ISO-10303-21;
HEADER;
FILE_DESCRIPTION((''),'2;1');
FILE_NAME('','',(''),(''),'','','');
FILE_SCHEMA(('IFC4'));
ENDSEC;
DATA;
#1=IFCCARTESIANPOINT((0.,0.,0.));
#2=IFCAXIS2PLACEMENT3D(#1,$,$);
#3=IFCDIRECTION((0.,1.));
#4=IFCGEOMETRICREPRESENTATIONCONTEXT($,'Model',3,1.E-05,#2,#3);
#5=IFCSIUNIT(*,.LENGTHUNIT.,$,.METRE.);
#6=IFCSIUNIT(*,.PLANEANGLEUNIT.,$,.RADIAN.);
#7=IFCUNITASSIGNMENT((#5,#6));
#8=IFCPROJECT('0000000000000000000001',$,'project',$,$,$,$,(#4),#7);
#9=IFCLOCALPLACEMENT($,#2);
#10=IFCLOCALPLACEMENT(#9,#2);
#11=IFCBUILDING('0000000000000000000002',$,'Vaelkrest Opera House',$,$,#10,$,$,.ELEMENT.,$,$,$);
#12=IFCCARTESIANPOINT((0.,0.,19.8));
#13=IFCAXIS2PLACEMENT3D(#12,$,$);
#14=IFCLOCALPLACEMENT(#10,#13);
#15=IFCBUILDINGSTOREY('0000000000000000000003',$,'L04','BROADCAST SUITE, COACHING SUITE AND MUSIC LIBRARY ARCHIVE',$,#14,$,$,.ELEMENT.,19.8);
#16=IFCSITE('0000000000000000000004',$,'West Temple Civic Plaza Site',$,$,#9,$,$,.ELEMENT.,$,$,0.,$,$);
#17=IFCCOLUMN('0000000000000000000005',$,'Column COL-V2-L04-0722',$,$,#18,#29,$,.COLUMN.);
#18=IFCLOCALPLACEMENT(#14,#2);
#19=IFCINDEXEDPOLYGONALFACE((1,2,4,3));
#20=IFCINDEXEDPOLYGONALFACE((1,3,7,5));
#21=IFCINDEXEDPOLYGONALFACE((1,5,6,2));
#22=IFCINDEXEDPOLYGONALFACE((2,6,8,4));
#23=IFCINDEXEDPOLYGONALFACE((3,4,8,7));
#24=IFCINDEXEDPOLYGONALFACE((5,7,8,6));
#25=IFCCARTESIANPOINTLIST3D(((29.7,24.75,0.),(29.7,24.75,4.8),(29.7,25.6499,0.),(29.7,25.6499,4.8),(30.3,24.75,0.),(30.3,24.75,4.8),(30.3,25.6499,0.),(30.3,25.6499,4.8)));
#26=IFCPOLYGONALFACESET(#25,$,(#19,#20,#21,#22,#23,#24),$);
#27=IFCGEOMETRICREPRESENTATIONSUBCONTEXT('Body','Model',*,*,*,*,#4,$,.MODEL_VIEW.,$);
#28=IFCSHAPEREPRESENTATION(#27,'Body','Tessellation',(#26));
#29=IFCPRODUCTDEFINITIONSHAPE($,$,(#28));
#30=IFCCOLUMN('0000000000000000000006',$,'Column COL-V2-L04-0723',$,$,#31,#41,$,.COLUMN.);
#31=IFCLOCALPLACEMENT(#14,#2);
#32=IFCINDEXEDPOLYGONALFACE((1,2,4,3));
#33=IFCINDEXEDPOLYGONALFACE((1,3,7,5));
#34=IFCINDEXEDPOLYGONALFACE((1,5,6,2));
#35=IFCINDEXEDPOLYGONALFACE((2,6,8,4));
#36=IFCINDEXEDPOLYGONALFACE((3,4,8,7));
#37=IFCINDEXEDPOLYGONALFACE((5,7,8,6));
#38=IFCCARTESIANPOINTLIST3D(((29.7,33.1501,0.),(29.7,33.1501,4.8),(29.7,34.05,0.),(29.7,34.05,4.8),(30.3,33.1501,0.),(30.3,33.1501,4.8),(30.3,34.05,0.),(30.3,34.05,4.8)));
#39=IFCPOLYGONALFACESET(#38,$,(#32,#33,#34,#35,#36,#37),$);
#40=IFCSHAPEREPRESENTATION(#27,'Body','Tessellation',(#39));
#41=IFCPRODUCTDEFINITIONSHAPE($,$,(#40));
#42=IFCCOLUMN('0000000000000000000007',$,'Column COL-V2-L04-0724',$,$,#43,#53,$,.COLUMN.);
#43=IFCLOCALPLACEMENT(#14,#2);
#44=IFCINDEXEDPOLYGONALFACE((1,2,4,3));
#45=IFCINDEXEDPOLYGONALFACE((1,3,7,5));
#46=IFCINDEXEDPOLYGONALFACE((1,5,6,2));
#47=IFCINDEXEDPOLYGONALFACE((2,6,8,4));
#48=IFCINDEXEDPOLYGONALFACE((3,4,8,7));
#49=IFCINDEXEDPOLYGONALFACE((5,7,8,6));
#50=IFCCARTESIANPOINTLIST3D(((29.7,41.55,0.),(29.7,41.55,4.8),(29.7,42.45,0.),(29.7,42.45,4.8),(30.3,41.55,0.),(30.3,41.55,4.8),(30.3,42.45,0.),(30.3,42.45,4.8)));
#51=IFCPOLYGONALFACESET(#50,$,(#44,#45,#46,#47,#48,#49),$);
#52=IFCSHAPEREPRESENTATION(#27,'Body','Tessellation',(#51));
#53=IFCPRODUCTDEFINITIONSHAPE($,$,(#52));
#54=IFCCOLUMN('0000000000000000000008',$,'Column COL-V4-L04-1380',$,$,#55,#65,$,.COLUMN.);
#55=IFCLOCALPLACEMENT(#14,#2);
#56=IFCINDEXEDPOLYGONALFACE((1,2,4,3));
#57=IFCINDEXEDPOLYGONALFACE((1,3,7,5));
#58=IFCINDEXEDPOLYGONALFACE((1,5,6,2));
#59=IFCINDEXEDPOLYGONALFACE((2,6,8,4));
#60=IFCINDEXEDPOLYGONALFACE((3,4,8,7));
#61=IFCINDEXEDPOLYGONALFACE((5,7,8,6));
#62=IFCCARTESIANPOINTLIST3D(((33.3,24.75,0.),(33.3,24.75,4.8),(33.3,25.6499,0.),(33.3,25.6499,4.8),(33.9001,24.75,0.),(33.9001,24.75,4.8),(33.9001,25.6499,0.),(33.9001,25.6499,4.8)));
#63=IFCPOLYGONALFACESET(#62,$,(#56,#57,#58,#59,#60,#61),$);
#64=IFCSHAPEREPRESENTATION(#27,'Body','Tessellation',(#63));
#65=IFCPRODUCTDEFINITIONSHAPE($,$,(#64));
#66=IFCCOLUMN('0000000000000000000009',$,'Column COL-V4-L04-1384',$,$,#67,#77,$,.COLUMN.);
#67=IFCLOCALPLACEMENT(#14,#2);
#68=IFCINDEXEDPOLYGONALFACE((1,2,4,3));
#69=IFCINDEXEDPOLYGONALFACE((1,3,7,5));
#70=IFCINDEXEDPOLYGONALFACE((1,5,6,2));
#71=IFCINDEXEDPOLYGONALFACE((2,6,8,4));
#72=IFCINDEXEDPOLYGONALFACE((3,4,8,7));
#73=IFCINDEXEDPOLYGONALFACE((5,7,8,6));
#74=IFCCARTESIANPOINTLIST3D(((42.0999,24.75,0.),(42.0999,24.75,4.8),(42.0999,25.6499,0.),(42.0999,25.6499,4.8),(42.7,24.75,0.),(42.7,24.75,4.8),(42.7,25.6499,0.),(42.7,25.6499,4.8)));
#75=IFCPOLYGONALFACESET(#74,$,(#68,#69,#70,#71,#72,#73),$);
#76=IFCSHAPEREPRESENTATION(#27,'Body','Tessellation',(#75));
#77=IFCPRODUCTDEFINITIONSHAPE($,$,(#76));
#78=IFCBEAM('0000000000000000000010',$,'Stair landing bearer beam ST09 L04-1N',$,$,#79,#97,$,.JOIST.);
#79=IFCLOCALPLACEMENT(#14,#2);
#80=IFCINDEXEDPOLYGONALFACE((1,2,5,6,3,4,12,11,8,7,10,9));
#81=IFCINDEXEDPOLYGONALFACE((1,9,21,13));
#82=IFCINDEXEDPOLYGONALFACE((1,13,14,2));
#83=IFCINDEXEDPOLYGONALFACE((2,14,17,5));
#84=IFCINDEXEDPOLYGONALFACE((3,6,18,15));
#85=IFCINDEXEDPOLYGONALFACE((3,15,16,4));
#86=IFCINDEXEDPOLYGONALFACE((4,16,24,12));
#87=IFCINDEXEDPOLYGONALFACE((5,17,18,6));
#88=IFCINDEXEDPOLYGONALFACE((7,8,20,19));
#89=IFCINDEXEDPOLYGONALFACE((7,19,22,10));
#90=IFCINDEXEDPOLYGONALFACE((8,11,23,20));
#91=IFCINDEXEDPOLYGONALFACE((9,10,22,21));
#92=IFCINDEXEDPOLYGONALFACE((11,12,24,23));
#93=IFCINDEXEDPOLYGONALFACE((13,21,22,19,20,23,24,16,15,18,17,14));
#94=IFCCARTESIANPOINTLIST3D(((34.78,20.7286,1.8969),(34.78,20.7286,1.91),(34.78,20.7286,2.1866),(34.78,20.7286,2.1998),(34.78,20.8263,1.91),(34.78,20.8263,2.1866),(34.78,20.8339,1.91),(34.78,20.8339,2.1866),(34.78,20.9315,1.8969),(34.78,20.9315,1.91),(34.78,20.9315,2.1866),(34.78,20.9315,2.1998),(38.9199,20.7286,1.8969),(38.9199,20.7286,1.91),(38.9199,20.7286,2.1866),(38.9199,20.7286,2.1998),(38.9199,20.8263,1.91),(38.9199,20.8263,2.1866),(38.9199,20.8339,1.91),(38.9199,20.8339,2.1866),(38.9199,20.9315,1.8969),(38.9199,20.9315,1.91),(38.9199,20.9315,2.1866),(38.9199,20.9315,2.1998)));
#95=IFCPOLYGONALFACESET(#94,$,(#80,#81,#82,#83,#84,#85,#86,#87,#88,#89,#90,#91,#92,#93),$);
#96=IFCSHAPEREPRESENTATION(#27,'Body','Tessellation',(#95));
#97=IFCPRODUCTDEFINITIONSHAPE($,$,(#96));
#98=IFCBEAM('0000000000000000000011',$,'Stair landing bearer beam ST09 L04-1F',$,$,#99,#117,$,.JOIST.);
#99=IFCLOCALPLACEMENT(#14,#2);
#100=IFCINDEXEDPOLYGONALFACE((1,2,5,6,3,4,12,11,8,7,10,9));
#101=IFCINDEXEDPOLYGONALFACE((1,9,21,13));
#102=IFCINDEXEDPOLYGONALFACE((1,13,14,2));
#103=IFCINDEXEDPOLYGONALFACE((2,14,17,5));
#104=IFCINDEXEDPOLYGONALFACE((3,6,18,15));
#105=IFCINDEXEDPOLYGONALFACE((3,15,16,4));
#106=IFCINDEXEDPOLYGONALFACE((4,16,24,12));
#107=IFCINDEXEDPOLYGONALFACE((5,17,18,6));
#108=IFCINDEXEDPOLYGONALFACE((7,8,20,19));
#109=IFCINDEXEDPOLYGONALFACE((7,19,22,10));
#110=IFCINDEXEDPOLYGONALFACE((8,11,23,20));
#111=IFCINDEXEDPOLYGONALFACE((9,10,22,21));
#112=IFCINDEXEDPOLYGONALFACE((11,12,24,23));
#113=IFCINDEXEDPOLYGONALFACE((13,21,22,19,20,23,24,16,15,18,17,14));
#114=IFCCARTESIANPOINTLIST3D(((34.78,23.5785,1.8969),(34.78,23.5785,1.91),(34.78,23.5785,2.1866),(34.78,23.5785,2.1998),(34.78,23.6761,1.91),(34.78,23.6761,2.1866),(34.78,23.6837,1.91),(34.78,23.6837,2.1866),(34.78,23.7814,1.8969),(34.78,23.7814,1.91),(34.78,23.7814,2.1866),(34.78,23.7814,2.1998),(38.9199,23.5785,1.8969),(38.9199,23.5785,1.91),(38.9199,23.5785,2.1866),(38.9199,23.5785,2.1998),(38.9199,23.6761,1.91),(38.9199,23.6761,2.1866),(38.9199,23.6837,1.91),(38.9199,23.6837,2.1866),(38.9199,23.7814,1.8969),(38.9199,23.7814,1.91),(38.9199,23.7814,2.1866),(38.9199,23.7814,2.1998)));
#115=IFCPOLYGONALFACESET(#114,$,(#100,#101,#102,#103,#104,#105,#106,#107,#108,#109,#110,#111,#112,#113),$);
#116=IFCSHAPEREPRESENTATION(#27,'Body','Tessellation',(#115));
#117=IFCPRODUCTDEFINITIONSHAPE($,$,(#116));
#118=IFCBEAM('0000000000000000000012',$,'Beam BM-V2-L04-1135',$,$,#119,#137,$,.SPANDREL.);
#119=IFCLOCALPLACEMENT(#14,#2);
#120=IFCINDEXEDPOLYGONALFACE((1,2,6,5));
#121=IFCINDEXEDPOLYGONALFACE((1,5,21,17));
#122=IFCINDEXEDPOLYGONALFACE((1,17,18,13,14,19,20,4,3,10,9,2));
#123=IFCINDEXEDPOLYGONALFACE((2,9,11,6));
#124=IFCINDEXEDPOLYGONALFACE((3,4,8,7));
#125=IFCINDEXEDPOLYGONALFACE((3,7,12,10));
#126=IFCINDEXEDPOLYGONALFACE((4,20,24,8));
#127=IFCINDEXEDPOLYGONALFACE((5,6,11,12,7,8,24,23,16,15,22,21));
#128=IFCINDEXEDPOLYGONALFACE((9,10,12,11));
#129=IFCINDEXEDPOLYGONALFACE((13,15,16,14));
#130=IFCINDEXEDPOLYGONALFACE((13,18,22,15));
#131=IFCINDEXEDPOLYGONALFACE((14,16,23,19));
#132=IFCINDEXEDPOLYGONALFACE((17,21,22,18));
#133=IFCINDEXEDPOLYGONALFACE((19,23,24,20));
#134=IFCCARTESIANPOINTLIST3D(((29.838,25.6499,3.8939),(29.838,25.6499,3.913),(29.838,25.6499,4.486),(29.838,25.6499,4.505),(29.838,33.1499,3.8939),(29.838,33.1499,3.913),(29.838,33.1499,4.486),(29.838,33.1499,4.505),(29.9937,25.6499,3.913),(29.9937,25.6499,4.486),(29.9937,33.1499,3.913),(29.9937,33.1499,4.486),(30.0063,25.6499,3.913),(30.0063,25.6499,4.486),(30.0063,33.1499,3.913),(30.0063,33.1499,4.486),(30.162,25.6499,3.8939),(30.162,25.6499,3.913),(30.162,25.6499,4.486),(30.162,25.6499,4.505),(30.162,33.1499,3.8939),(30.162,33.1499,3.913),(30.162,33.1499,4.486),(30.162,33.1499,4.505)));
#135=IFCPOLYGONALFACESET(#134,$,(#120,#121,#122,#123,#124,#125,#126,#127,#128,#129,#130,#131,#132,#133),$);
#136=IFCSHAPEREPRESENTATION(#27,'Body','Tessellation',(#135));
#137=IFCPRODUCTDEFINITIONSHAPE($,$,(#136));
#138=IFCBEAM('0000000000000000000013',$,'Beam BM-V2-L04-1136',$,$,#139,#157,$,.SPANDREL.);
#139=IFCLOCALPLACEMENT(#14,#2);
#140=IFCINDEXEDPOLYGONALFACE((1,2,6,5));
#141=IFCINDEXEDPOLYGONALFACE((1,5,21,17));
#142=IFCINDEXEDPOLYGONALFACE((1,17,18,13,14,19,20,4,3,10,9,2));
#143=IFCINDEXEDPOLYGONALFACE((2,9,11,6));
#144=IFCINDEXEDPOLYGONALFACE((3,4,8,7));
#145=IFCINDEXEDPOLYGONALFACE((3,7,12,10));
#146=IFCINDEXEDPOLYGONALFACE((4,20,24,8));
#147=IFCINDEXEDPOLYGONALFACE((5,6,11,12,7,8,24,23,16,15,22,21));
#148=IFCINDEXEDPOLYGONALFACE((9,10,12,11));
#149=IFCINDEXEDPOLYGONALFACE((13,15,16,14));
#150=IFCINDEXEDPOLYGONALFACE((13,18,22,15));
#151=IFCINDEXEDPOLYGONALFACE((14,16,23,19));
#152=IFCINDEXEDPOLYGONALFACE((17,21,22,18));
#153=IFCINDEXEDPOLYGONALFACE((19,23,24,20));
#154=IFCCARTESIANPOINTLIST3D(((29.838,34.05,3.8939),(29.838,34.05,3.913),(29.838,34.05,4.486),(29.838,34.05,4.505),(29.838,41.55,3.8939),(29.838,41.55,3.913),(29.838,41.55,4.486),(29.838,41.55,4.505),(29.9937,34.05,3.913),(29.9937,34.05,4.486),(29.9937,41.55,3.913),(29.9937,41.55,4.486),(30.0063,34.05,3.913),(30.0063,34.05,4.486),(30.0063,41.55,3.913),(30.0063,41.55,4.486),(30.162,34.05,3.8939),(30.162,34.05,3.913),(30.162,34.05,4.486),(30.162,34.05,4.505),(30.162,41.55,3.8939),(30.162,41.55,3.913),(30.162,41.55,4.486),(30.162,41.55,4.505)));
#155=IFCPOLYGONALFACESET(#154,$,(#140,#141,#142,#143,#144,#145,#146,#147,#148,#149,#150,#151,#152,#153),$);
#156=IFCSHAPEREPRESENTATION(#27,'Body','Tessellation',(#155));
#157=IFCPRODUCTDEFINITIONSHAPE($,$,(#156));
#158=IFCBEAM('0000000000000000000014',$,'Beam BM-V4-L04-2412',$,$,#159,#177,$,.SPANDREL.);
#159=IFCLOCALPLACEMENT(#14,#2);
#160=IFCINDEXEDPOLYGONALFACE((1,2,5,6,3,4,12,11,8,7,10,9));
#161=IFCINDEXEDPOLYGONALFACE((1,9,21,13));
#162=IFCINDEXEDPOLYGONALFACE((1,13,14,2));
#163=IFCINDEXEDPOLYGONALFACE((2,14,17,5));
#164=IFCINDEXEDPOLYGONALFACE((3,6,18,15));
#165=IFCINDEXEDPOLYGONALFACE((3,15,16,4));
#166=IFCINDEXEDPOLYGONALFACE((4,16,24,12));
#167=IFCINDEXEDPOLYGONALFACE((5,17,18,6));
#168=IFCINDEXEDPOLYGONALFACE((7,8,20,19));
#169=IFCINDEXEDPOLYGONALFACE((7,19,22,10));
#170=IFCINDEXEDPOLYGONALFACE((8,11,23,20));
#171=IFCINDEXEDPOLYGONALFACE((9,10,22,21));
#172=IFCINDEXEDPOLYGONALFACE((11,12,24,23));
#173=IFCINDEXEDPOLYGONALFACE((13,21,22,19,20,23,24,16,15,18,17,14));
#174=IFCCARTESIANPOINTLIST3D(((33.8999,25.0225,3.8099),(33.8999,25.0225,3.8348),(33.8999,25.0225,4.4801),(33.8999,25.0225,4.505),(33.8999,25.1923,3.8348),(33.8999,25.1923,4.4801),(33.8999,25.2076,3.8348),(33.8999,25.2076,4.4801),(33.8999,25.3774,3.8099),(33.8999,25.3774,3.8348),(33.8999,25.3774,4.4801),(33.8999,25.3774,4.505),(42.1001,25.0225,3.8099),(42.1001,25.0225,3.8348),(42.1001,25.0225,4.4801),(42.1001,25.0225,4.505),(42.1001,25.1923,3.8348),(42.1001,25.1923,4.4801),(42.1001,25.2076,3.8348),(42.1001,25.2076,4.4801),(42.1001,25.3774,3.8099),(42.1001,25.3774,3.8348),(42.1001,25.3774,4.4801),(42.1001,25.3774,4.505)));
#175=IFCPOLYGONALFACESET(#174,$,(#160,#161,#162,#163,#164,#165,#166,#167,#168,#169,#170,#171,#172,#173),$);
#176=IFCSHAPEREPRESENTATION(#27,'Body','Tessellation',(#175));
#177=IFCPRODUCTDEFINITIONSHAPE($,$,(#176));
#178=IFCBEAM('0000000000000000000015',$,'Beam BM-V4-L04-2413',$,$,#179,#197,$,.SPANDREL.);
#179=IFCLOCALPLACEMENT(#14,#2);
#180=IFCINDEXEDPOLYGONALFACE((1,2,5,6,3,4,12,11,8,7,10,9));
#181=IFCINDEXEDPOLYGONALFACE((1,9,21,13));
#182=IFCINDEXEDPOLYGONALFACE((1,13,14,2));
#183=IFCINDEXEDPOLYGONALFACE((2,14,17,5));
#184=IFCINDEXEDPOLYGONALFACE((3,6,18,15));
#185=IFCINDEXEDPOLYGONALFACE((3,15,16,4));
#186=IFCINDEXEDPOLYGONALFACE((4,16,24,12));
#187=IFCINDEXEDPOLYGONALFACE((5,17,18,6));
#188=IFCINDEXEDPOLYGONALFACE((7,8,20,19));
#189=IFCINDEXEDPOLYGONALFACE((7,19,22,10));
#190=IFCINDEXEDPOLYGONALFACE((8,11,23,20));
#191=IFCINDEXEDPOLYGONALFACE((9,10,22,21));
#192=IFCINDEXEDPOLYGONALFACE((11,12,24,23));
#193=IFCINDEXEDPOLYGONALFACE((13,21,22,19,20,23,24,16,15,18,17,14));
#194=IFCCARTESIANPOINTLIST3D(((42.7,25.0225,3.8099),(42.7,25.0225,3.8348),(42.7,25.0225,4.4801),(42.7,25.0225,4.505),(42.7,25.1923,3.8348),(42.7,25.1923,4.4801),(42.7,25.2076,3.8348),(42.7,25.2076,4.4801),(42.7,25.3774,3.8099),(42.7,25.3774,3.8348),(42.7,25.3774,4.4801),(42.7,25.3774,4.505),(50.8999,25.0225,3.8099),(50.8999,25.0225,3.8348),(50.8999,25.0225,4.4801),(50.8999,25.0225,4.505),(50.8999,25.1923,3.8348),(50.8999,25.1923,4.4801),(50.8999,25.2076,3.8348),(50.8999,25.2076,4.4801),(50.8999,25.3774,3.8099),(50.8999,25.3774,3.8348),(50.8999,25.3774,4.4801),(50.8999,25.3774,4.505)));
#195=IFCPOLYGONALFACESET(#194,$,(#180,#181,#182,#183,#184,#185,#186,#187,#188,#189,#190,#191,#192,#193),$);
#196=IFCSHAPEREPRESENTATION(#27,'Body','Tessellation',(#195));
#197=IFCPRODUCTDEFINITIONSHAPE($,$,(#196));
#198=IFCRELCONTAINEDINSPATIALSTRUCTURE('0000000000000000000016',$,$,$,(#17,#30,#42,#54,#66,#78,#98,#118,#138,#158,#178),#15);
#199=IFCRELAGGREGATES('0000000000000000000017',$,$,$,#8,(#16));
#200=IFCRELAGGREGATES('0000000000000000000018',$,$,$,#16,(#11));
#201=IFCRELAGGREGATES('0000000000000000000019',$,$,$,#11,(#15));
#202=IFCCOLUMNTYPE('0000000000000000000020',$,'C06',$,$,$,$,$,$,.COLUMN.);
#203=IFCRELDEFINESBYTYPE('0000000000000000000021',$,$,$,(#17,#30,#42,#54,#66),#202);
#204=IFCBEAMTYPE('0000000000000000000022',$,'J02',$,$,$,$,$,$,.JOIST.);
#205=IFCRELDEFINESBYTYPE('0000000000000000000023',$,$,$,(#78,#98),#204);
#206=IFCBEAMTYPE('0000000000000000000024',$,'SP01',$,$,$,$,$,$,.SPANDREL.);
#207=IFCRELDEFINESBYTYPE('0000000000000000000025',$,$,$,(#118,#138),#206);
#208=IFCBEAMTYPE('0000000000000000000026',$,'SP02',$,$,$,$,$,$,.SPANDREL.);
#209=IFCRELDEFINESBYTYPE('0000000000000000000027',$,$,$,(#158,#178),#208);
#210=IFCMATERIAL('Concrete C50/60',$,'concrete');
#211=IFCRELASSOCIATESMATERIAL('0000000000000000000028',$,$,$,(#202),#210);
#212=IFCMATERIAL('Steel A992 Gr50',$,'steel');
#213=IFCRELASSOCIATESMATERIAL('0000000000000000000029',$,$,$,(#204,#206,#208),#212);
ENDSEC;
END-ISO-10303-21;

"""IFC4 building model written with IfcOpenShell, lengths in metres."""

from ifc_helpers import new_model, si_unit, direction, frame, origin, origin_2d, place, context, subcontext, project, spatial, rectangle, i_section, extrude, material, material_profile, profile_set, type_object, element, save


model = new_model("IFC4")

# Units and contexts
model_context = context("Model", 3, precision=1e-05, world=origin(), true_north=direction((0.0, 1.0)))
body_context = subcontext(model_context, "Body", "Model", "MODEL_VIEW")
ifc_project = project(units=[si_unit("LENGTHUNIT", "METRE"), si_unit("PLANEANGLEUNIT", "RADIAN")], contexts=[model_context])

# Site, building, storey
site_placement = place(None, origin())
site = spatial("IfcSite", under=ifc_project, at=site_placement, Name="West Temple Civic Plaza Site", CompositionType="ELEMENT", RefElevation=0.0)
building_placement = place(site_placement, origin())
building = spatial("IfcBuilding", under=site, at=building_placement, Name="Vaelkrest Opera House", CompositionType="ELEMENT")
storey_placement = place(building_placement, frame((0.0, 0.0, 19.8)))
storey = spatial("IfcBuildingStorey", under=building, at=storey_placement, Name="L04", Description="BROADCAST SUITE, COACHING SUITE AND MUSIC LIBRARY ARCHIVE", CompositionType="ELEMENT", Elevation=19.8)

# Columns
ifc_material_1 = material(Name="Concrete C50/60", Category="concrete")
ifc_material_profile_1 = material_profile(ifc_material_1, rectangle(XDim=0.6001, YDim=0.8999, at=origin_2d()), Name="RC600X900")
ifc_profile_set_1 = profile_set([ifc_material_profile_1], Name="Concrete C50/60")
column_type = type_object("IfcColumnType", Name="C06", PredefinedType="COLUMN", material=ifc_profile_set_1)
for number, where, z_axis, x_axis, name in (
    (1, (30.0, 25.2, 0.0), (0.0, 0.0, 1.0), (1.0, 0.0, 0.0), "Column COL-V2-L04-0722"),
    (2, (30.0, 33.6001, 0.0), (0.0, 0.0, 1.0), (1.0, 0.0, 0.0), "Column COL-V2-L04-0723"),
    (3, (30.0, 42.0, 0.0), (0.0, 0.0, 1.0), (1.0, 0.0, 0.0), "Column COL-V2-L04-0724"),
    (4, (33.6001, 25.2, 0.0), (0.0, 0.0, 1.0), (1.0, 0.0, 0.0), "Column COL-V4-L04-1380"),
    (5, (42.3999, 25.2, 0.0), (0.0, 0.0, 1.0), (1.0, 0.0, 0.0), "Column COL-V4-L04-1384"),
):
    element("IfcColumn", number, at=place(storey_placement, frame(where, z_axis=z_axis, x_axis=x_axis)), inside=storey, type_object=column_type, Name=name, PredefinedType="COLUMN", context=body_context, shape_type="SweptSolid", body=[
        extrude(rectangle(XDim=0.6001, YDim=0.8999, at=origin_2d()), origin(), (0.0, 0.0, 1.0), 4.8),
    ])

# Beams
ifc_material_2 = material(Name="Steel A992 Gr50", Category="steel")
ifc_material_profile_2 = material_profile(ifc_material_2, i_section(OverallWidth=0.2029, OverallDepth=0.303, WebThickness=0.0076, FlangeThickness=0.0132, at=origin_2d()), Name="W12X40")
ifc_profile_set_2 = profile_set([ifc_material_profile_2], Name="Steel A992 Gr50")
beam_type_1 = type_object("IfcBeamType", Name="J02", PredefinedType="JOIST", material=ifc_profile_set_2)
for number, where, z_axis, x_axis, name in (
    (6, (34.78, 20.8301, 2.0483), (1.0, 0.0, 0.0), (0.0, 1.0, 0.0), "Stair landing bearer beam ST09 L04-1N"),
    (7, (34.78, 23.6799, 2.0483), (1.0, 0.0, 0.0), (0.0, 1.0, 0.0), "Stair landing bearer beam ST09 L04-1F"),
):
    element("IfcBeam", number, at=place(storey_placement, frame(where, z_axis=z_axis, x_axis=x_axis)), inside=storey, type_object=beam_type_1, Name=name, PredefinedType="JOIST", context=body_context, shape_type="SweptSolid", body=[
        extrude(i_section(OverallWidth=0.2029, OverallDepth=0.303, WebThickness=0.0076, FlangeThickness=0.0132, at=origin_2d()), origin(), (0.0, 0.0, 1.0), 4.1399),
    ])
ifc_material_profile_3 = material_profile(ifc_material_2, i_section(OverallWidth=0.324, OverallDepth=0.6111, WebThickness=0.0127, FlangeThickness=0.019, at=origin_2d()), Name="W24X104")
ifc_profile_set_3 = profile_set([ifc_material_profile_3], Name="Steel A992 Gr50")
beam_type_2 = type_object("IfcBeamType", Name="SP01", PredefinedType="SPANDREL", material=ifc_profile_set_3)
for number, where, z_axis, x_axis, name in (
    (8, (30.0, 25.6499, 4.1995), (0.0, 1.0, 0.0), (-1.0, 0.0, 0.0), "Beam BM-V2-L04-1135"),
    (9, (30.0, 34.05, 4.1995), (0.0, 1.0, 0.0), (-1.0, 0.0, 0.0), "Beam BM-V2-L04-1136"),
):
    element("IfcBeam", number, at=place(storey_placement, frame(where, z_axis=z_axis, x_axis=x_axis)), inside=storey, type_object=beam_type_2, Name=name, PredefinedType="SPANDREL", context=body_context, shape_type="SweptSolid", body=[
        extrude(i_section(OverallWidth=0.324, OverallDepth=0.6111, WebThickness=0.0127, FlangeThickness=0.019, at=origin_2d()), origin(), (0.0, 0.0, 1.0), 7.5),
    ])
ifc_material_profile_4 = material_profile(ifc_material_2, i_section(OverallWidth=0.355, OverallDepth=0.6951, WebThickness=0.0154, FlangeThickness=0.0249, at=origin_2d()), Name="W27X146")
ifc_profile_set_4 = profile_set([ifc_material_profile_4], Name="Steel A992 Gr50")
beam_type_3 = type_object("IfcBeamType", Name="SP02", PredefinedType="SPANDREL", material=ifc_profile_set_4)
beam_1_placement = place(storey_placement, frame((33.8999, 25.2, 4.1575), z_axis=(1.0, 0.0, 0.0), x_axis=(0.0, 1.0, 0.0)))
element("IfcBeam", 10, at=beam_1_placement, inside=storey, type_object=beam_type_3, Name="Beam BM-V4-L04-2412", PredefinedType="SPANDREL", context=body_context, shape_type="SweptSolid", body=[
    extrude(i_section(OverallWidth=0.355, OverallDepth=0.6951, WebThickness=0.0154, FlangeThickness=0.0249, at=origin_2d()), origin(), (0.0, 0.0, 1.0), 8.2002),
])
beam_2_placement = place(storey_placement, frame((42.7, 25.2, 4.1575), z_axis=(1.0, 0.0, 0.0), x_axis=(0.0, 1.0, 0.0)))
element("IfcBeam", 11, at=beam_2_placement, inside=storey, type_object=beam_type_3, Name="Beam BM-V4-L04-2413", PredefinedType="SPANDREL", context=body_context, shape_type="SweptSolid", body=[
    extrude(i_section(OverallWidth=0.355, OverallDepth=0.6951, WebThickness=0.0154, FlangeThickness=0.0249, at=origin_2d()), origin(), (0.0, 0.0, 1.0), 8.2),
])

save(model, "model.ifc")
